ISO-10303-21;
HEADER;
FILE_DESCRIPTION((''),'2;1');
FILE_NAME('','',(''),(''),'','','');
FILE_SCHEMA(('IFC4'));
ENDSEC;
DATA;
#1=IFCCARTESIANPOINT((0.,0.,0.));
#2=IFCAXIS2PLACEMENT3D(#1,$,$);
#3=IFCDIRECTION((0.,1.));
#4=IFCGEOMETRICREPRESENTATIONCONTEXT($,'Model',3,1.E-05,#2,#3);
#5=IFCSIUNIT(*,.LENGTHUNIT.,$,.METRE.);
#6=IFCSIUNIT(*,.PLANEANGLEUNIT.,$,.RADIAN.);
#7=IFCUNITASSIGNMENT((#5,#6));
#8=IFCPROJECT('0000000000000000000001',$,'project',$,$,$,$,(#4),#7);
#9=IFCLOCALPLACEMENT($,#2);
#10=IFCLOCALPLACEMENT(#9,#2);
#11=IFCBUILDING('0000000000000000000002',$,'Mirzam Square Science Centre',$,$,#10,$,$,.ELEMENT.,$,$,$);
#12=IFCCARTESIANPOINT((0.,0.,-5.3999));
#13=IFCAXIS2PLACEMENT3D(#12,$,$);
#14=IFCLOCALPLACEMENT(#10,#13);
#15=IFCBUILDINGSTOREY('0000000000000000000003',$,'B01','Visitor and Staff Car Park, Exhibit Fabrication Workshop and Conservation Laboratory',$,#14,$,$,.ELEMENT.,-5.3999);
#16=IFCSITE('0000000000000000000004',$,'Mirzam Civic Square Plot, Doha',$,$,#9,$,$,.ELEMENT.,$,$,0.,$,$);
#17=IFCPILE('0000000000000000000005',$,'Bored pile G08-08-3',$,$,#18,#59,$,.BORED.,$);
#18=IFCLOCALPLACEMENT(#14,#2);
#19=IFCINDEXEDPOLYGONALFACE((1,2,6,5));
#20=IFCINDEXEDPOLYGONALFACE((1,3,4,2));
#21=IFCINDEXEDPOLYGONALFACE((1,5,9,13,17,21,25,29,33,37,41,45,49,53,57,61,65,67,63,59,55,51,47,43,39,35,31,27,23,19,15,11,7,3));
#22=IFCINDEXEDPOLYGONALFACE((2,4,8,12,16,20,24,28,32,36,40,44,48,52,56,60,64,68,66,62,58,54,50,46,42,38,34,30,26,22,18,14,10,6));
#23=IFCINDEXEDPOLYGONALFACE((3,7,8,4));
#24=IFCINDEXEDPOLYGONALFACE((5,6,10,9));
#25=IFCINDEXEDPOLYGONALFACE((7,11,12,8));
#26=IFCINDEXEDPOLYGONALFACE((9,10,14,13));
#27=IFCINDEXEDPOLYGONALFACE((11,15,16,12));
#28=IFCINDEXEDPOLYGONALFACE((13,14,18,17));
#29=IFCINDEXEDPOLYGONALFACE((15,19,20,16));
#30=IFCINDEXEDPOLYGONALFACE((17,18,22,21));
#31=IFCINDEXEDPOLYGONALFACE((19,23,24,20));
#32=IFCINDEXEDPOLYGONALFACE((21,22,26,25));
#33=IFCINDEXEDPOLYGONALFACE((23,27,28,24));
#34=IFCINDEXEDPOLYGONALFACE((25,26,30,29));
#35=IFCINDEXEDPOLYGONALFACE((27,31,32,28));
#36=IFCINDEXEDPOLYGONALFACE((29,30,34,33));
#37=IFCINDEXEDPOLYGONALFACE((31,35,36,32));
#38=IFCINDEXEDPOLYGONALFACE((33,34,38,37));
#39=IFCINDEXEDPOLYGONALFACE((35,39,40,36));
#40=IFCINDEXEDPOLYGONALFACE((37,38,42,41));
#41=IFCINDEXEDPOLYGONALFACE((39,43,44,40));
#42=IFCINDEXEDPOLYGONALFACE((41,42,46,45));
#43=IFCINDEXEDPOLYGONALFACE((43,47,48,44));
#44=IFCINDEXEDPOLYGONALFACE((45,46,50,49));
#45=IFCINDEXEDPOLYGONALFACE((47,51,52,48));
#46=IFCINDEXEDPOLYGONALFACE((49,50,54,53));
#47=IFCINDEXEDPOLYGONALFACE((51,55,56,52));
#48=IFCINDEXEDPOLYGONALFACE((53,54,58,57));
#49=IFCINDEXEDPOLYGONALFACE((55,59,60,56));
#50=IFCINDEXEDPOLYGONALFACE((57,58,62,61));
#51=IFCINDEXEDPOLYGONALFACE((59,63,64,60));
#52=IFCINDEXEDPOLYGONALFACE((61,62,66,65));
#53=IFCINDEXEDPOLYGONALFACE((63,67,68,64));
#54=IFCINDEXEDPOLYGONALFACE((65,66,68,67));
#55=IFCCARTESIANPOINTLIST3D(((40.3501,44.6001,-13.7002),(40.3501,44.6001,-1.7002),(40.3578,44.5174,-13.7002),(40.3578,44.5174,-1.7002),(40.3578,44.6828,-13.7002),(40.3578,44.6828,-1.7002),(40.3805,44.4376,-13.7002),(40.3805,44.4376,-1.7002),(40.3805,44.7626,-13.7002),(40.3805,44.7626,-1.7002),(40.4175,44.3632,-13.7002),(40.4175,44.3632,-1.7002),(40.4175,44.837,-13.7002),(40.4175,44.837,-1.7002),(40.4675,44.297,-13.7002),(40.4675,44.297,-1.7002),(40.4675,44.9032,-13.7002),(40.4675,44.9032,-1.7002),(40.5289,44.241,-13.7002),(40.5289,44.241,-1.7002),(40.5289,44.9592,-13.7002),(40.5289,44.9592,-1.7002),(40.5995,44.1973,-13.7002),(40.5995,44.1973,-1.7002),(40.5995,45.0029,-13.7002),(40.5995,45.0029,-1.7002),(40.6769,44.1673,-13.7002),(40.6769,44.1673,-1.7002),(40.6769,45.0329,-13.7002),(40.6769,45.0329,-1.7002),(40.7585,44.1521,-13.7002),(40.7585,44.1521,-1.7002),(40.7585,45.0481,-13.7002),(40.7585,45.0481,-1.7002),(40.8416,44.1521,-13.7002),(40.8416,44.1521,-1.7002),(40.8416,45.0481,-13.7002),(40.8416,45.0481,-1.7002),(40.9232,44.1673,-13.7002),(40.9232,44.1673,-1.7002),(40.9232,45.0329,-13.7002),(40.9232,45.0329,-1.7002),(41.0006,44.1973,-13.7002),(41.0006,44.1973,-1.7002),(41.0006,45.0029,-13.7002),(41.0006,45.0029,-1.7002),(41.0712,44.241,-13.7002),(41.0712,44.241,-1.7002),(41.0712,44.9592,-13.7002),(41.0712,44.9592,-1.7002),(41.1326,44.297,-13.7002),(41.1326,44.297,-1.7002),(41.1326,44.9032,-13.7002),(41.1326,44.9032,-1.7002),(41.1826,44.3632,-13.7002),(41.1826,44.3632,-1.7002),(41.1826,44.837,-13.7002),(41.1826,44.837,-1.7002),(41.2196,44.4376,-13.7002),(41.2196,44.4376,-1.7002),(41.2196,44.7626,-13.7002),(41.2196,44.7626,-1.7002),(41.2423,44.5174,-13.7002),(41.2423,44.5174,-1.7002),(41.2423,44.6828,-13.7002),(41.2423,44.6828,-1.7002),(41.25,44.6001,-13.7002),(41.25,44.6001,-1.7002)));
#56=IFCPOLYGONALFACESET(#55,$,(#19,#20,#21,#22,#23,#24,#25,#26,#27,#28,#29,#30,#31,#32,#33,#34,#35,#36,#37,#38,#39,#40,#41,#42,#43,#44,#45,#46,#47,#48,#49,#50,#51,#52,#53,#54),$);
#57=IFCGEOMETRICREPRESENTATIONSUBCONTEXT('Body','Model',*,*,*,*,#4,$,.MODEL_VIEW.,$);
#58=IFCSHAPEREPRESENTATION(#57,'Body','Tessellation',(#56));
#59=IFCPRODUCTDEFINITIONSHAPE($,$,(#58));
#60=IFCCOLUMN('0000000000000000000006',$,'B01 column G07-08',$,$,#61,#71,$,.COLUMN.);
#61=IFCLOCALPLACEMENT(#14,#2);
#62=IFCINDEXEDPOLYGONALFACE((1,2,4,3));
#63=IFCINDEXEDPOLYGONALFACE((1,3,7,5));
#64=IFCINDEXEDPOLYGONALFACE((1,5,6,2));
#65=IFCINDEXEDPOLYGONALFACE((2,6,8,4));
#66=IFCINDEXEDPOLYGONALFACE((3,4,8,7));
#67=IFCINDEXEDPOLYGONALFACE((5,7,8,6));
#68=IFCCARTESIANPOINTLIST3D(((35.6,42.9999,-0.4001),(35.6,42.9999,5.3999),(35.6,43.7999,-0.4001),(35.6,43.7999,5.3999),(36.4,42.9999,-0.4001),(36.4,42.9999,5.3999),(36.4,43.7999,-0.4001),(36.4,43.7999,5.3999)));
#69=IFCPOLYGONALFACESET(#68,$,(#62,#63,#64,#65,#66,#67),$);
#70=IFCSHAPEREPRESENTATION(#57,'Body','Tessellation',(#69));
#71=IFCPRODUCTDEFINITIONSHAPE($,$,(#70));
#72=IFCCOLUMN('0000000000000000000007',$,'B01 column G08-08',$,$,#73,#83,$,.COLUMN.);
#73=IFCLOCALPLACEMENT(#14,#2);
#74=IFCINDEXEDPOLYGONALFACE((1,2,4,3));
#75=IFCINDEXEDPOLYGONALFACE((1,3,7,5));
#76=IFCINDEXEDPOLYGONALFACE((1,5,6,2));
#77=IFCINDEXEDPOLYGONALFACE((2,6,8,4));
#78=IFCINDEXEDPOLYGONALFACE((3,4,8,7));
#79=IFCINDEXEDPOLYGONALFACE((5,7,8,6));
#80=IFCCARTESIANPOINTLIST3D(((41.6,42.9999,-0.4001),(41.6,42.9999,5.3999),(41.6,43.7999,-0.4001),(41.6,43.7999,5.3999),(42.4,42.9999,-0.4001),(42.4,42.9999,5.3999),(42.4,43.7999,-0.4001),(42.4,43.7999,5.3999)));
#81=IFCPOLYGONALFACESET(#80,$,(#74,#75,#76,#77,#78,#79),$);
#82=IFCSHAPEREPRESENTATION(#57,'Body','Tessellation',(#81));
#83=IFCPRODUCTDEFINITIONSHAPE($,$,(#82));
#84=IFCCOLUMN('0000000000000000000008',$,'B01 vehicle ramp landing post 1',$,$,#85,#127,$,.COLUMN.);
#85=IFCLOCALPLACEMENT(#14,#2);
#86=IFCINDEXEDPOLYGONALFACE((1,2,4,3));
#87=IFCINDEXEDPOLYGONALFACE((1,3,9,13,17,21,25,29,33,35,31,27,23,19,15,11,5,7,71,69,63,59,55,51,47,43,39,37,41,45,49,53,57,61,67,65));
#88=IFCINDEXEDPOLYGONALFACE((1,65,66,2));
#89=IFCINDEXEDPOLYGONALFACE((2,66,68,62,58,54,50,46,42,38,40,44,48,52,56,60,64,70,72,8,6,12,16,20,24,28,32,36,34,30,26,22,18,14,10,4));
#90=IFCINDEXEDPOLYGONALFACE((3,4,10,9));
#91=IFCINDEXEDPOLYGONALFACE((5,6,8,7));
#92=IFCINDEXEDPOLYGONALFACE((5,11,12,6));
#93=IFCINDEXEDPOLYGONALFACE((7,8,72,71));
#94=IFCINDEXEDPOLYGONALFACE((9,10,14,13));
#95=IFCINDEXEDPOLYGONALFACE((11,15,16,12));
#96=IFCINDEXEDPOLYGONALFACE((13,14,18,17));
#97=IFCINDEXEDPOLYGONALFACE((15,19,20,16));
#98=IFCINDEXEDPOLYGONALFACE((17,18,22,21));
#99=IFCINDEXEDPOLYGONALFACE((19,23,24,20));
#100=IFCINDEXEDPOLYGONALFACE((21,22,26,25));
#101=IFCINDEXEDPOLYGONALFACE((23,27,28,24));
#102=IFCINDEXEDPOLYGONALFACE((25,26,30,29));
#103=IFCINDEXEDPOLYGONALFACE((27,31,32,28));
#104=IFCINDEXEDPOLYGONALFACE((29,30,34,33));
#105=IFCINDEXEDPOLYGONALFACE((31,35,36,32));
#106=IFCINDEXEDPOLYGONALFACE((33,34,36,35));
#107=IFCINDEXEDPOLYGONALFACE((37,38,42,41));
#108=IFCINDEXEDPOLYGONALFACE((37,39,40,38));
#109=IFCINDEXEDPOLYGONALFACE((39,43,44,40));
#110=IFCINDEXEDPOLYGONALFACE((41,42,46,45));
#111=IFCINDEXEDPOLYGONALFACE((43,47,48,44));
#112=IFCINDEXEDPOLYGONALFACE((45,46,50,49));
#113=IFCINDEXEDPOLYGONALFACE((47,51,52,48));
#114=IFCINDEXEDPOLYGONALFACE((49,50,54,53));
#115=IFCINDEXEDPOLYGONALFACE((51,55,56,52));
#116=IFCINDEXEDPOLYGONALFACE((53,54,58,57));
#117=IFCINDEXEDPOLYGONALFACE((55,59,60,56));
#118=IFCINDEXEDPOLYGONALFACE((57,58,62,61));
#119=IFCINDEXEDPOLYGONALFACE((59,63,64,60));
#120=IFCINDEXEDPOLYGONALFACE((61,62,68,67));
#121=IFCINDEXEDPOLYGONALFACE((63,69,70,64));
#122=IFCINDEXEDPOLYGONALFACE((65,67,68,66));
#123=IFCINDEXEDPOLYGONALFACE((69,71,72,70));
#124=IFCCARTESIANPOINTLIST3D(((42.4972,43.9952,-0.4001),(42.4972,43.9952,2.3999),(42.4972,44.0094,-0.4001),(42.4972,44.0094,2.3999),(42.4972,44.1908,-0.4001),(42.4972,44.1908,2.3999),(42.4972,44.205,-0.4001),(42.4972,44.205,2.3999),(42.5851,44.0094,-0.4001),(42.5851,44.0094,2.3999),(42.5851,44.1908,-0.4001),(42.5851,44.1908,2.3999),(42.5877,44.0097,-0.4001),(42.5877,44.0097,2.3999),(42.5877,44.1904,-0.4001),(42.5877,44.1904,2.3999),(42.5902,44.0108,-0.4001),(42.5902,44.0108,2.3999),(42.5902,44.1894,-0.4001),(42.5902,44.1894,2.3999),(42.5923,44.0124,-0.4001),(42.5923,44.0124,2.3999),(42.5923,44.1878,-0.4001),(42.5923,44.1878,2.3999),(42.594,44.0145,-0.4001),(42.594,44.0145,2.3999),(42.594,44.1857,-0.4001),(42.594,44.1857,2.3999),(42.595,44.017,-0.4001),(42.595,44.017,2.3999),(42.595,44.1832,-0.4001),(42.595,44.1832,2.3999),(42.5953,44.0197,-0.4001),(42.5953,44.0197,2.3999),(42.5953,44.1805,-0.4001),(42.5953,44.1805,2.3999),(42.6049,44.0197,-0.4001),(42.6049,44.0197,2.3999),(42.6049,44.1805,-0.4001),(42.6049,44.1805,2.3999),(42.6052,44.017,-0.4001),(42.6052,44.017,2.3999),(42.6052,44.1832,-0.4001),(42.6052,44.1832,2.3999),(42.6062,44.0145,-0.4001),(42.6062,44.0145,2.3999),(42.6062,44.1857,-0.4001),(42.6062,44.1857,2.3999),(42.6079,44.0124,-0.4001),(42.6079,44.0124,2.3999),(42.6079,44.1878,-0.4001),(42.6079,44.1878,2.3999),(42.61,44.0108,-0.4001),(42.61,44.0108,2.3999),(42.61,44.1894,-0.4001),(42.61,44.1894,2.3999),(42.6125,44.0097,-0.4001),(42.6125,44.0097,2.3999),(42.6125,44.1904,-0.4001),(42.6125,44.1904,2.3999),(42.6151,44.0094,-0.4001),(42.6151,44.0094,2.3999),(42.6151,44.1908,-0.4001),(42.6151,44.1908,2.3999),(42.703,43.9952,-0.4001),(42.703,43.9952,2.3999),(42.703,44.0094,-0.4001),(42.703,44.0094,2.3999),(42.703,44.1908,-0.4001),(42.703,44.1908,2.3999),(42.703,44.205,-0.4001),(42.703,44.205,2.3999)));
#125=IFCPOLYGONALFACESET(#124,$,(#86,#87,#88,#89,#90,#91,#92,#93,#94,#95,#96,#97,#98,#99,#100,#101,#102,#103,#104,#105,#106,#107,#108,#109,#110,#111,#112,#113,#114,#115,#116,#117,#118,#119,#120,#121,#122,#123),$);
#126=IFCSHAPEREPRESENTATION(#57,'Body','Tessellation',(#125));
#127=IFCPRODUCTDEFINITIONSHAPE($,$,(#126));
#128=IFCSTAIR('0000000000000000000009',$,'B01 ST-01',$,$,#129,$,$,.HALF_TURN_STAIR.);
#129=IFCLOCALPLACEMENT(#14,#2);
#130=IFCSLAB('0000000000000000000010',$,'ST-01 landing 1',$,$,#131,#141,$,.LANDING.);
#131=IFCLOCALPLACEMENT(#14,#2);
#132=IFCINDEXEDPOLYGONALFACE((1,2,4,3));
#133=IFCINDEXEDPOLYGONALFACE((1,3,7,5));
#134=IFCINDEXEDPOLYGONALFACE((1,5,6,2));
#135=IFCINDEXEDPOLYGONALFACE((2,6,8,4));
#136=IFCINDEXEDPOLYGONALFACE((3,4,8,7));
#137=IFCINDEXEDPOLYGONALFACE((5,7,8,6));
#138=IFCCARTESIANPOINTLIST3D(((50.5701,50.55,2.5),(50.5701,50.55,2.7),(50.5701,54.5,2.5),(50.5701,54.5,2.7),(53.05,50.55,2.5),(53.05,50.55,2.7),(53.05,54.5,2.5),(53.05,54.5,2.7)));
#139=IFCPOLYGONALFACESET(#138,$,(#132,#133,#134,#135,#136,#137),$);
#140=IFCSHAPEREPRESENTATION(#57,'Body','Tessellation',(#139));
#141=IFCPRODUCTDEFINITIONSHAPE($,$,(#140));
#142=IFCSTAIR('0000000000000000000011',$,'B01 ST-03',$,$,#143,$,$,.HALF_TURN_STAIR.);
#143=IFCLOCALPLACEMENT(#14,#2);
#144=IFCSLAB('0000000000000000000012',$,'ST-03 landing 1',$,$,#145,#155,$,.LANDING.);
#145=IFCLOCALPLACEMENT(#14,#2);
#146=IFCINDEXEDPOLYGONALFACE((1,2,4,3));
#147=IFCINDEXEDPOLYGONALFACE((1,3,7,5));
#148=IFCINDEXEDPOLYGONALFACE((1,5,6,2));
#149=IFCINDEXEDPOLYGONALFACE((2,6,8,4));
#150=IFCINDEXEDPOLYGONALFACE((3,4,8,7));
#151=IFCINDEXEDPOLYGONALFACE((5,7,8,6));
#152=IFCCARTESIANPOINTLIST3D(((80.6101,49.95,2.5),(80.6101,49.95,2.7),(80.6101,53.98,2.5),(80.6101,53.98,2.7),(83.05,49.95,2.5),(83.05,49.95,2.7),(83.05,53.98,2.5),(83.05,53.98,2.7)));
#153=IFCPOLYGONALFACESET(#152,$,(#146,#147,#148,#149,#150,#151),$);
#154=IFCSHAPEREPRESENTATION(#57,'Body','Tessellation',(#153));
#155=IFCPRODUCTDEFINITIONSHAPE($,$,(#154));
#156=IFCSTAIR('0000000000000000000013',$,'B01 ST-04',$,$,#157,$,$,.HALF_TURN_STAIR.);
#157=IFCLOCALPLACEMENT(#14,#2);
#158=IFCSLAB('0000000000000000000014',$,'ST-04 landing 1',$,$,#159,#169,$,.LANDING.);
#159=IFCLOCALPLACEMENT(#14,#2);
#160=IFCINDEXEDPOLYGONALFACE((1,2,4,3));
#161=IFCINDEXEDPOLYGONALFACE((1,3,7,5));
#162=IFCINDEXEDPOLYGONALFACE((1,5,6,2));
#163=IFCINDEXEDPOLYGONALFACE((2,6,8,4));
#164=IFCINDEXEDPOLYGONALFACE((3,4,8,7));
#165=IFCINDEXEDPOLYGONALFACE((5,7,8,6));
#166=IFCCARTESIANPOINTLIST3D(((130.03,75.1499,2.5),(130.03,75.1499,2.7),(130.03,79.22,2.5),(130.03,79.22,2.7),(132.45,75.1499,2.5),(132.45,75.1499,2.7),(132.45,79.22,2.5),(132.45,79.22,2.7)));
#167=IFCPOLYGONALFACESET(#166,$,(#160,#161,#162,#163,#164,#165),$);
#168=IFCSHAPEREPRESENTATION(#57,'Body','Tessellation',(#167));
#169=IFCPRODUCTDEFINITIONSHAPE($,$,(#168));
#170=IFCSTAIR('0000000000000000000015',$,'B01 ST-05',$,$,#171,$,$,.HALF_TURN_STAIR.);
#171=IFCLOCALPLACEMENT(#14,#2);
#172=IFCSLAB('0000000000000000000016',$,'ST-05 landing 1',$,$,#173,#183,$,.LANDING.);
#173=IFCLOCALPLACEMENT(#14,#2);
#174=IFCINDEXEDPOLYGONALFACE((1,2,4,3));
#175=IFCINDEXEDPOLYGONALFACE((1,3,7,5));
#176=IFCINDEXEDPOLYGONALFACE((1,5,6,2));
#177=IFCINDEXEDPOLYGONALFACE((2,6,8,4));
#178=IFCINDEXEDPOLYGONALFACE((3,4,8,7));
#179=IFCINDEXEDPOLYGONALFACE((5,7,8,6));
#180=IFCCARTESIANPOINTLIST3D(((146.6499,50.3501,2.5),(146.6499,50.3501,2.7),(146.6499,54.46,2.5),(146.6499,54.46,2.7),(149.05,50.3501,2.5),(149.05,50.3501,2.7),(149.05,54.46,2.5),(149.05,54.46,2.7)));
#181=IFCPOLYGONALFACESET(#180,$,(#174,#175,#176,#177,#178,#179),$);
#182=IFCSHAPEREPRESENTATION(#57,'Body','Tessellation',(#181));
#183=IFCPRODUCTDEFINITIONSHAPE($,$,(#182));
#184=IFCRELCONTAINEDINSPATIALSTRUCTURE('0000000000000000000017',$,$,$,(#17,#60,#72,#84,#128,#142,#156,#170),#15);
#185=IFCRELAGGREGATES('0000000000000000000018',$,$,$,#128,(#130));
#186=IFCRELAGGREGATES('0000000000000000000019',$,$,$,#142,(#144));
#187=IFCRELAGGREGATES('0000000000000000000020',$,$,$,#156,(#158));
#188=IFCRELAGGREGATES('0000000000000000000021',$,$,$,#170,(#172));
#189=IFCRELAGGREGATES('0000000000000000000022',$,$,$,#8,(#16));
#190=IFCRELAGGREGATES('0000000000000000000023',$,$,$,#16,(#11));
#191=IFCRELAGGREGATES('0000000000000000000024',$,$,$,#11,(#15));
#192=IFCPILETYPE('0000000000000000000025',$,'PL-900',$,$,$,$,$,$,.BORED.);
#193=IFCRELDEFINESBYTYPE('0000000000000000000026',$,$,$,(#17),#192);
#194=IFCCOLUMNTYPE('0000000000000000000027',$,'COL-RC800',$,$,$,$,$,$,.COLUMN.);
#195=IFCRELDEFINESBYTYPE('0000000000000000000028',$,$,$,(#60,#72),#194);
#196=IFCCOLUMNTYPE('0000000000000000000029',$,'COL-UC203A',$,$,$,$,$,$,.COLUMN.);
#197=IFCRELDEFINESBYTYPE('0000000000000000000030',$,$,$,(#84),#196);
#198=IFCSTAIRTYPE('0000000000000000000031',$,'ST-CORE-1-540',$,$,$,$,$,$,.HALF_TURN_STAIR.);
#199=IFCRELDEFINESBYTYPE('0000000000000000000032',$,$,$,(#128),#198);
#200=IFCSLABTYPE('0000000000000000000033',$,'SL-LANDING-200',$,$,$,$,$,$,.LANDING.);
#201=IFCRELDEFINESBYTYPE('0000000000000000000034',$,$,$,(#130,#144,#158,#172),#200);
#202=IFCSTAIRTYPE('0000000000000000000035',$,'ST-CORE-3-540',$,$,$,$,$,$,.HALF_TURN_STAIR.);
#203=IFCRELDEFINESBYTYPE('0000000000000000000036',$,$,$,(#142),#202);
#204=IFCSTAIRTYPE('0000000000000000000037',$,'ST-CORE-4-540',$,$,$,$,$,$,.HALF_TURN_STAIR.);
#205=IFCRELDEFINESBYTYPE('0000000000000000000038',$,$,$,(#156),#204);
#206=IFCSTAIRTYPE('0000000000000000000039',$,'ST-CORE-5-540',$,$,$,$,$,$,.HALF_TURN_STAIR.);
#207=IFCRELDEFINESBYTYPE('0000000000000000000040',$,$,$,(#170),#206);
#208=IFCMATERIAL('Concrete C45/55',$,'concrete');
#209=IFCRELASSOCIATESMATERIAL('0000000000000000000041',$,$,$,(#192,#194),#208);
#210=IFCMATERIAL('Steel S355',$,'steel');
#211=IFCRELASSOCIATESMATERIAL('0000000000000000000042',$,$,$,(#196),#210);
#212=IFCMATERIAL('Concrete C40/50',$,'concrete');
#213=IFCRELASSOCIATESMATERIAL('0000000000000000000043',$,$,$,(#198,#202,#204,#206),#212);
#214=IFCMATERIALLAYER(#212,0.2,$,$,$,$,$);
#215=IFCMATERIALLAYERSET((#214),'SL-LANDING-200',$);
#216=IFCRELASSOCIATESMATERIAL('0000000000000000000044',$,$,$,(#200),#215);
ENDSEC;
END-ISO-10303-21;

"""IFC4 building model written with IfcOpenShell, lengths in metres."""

from ifc_helpers import new_model, si_unit, direction, frame, origin, origin_2d, place, context, subcontext, project, spatial, polyline, rectangle, circle, i_section, outline, extrude, material, layer, layer_set, material_profile, profile_set, type_object, element, aggregate, save


model = new_model("IFC4")

# Units and contexts
model_context = context("Model", 3, precision=1e-05, world=origin(), true_north=direction((0.0, 1.0)))
body_context = subcontext(model_context, "Body", "Model", "MODEL_VIEW")
ifc_project = project(units=[si_unit("LENGTHUNIT", "METRE"), si_unit("PLANEANGLEUNIT", "RADIAN")], contexts=[model_context])

# Site, building, storey
site_placement = place(None, origin())
site = spatial("IfcSite", under=ifc_project, at=site_placement, Name="Mirzam Civic Square Plot, Doha", CompositionType="ELEMENT", RefElevation=0.0)
building_placement = place(site_placement, origin())
building = spatial("IfcBuilding", under=site, at=building_placement, Name="Mirzam Square Science Centre", CompositionType="ELEMENT")
storey_placement = place(building_placement, frame((0.0, 0.0, -5.3999)))
storey = spatial("IfcBuildingStorey", under=building, at=storey_placement, Name="B01", Description="Visitor and Staff Car Park, Exhibit Fabrication Workshop and Conservation Laboratory", CompositionType="ELEMENT", Elevation=-5.3999)

# Shared definitions
ifc_material_1 = material(Name="Concrete C45/55", Category="concrete")

# Pile
ifc_material_profile_1 = material_profile(ifc_material_1, circle(Radius=0.45, at=origin_2d()), Name="PILE-D900")
ifc_profile_set_1 = profile_set([ifc_material_profile_1], Name="Concrete C45/55")
pile_type = type_object("IfcPileType", Name="PL-900", PredefinedType="BORED", material=ifc_profile_set_1)
for number, where, z_axis, x_axis, name in (
    (1, (40.8, 44.6001, -1.7002), (0.0, 0.0, -1.0), (1.0, 0.0, 0.0), "Bored pile G08-08-3"),
):
    element("IfcPile", number, at=place(storey_placement, frame(where, z_axis=z_axis, x_axis=x_axis)), inside=storey, type_object=pile_type, Name=name, PredefinedType="BORED", context=body_context, shape_type="SweptSolid", body=[
        extrude(circle(Radius=0.45, at=origin_2d()), origin(), (0.0, 0.0, 1.0), 12.0),
    ])

# Columns
ifc_material_profile_2 = material_profile(ifc_material_1, rectangle(XDim=0.8, YDim=0.8, at=origin_2d()), Name="RC800x800")
ifc_profile_set_2 = profile_set([ifc_material_profile_2], Name="Concrete C45/55")
column_type_1 = type_object("IfcColumnType", Name="COL-RC800", PredefinedType="COLUMN", material=ifc_profile_set_2)
for number, where, z_axis, x_axis, name in (
    (2, (36.0, 43.3999, -0.4001), (0.0, 0.0, 1.0), (1.0, 0.0, 0.0), "B01 column G07-08"),
    (3, (42.0, 43.3999, -0.4001), (0.0, 0.0, 1.0), (1.0, 0.0, 0.0), "B01 column G08-08"),
):
    element("IfcColumn", number, at=place(storey_placement, frame(where, z_axis=z_axis, x_axis=x_axis)), inside=storey, type_object=column_type_1, Name=name, PredefinedType="COLUMN", context=body_context, shape_type="SweptSolid", body=[
        extrude(rectangle(XDim=0.8, YDim=0.8, at=origin_2d()), origin(), (0.0, 0.0, 1.0), 5.8),
    ])
ifc_material_2 = material(Name="Steel S355", Category="steel")
ifc_material_profile_3 = material_profile(ifc_material_2, i_section(OverallWidth=0.2058, OverallDepth=0.2097, WebThickness=0.0095, FlangeThickness=0.0142, FilletRadius=0.0103, at=origin_2d()), Name="203x203x60UC")
ifc_profile_set_3 = profile_set([ifc_material_profile_3], Name="Steel S355")
column_type_2 = type_object("IfcColumnType", Name="COL-UC203A", PredefinedType="COLUMN", material=ifc_profile_set_3)
column_placement = place(storey_placement, frame((42.6001, 44.1001, -0.4001), z_axis=(0.0, 0.0, 1.0), x_axis=(1.0, 0.0, 0.0)))
element("IfcColumn", 4, at=column_placement, inside=storey, type_object=column_type_2, Name="B01 vehicle ramp landing post 1", PredefinedType="COLUMN", context=body_context, shape_type="SweptSolid", body=[
    extrude(i_section(OverallWidth=0.2058, OverallDepth=0.2097, WebThickness=0.0095, FlangeThickness=0.0142, FilletRadius=0.0103, at=origin_2d()), origin(), (0.0, 0.0, 1.0), 2.8),
])

# Stairs, slabs
ifc_material_3 = material(Name="Concrete C40/50", Category="concrete")
stair_type_1 = type_object("IfcStairType", Name="ST-CORE-1-540", PredefinedType="HALF_TURN_STAIR", material=ifc_material_3)
stair_1_placement = place(storey_placement, origin())
stair_1 = element("IfcStair", 5, at=stair_1_placement, inside=storey, type_object=stair_type_1, Name="B01 ST-01", PredefinedType="HALF_TURN_STAIR")
ifc_layer_1 = layer(ifc_material_3, 0.2)
ifc_layer_set_1 = layer_set([ifc_layer_1], Name="SL-LANDING-200")
slab_type_1 = type_object("IfcSlabType", Name="SL-LANDING-200", PredefinedType="LANDING", material=ifc_layer_set_1)
slab_1_placement = place(storey_placement, frame((0.0, 0.0, 2.5)))
slab_1 = element("IfcSlab", 6, at=slab_1_placement, type_object=slab_type_1, Name="ST-01 landing 1", PredefinedType="LANDING", context=body_context, shape_type="SweptSolid", body=[
    extrude(outline(polyline([(50.5701, 50.55), (53.05, 50.55), (53.05, 54.5), (50.5701, 54.5), (50.5701, 50.55)])), origin(), (0.0, 0.0, 1.0), 0.2),
])
aggregate(stair_1, [slab_1])
stair_type_2 = type_object("IfcStairType", Name="ST-CORE-3-540", PredefinedType="HALF_TURN_STAIR", material=ifc_material_3)
stair_2_placement = place(storey_placement, origin())
stair_2 = element("IfcStair", 7, at=stair_2_placement, inside=storey, type_object=stair_type_2, Name="B01 ST-03", PredefinedType="HALF_TURN_STAIR")
slab_2_placement = place(storey_placement, frame((0.0, 0.0, 2.5)))
slab_2 = element("IfcSlab", 8, at=slab_2_placement, type_object=slab_type_1, Name="ST-03 landing 1", PredefinedType="LANDING", context=body_context, shape_type="SweptSolid", body=[
    extrude(outline(polyline([(80.6101, 49.95), (83.05, 49.95), (83.05, 53.98), (80.6101, 53.98), (80.6101, 49.95)])), origin(), (0.0, 0.0, 1.0), 0.2),
])
aggregate(stair_2, [slab_2])
stair_type_3 = type_object("IfcStairType", Name="ST-CORE-4-540", PredefinedType="HALF_TURN_STAIR", material=ifc_material_3)
stair_3_placement = place(storey_placement, origin())
stair_3 = element("IfcStair", 9, at=stair_3_placement, inside=storey, type_object=stair_type_3, Name="B01 ST-04", PredefinedType="HALF_TURN_STAIR")
slab_3_placement = place(storey_placement, frame((0.0, 0.0, 2.5)))
slab_3 = element("IfcSlab", 10, at=slab_3_placement, type_object=slab_type_1, Name="ST-04 landing 1", PredefinedType="LANDING", context=body_context, shape_type="SweptSolid", body=[
    extrude(outline(polyline([(130.03, 75.1499), (132.45, 75.1499), (132.45, 79.22), (130.03, 79.22), (130.03, 75.1499)])), origin(), (0.0, 0.0, 1.0), 0.2),
])
aggregate(stair_3, [slab_3])
stair_type_4 = type_object("IfcStairType", Name="ST-CORE-5-540", PredefinedType="HALF_TURN_STAIR", material=ifc_material_3)
stair_4_placement = place(storey_placement, origin())
stair_4 = element("IfcStair", 11, at=stair_4_placement, inside=storey, type_object=stair_type_4, Name="B01 ST-05", PredefinedType="HALF_TURN_STAIR")
slab_4_placement = place(storey_placement, frame((0.0, 0.0, 2.5)))
slab_4 = element("IfcSlab", 12, at=slab_4_placement, type_object=slab_type_1, Name="ST-05 landing 1", PredefinedType="LANDING", context=body_context, shape_type="SweptSolid", body=[
    extrude(outline(polyline([(146.6499, 50.3501), (149.05, 50.3501), (149.05, 54.46), (146.6499, 54.46), (146.6499, 50.3501)])), origin(), (0.0, 0.0, 1.0), 0.2),
])
aggregate(stair_4, [slab_4])

save(model, "model.ifc")
